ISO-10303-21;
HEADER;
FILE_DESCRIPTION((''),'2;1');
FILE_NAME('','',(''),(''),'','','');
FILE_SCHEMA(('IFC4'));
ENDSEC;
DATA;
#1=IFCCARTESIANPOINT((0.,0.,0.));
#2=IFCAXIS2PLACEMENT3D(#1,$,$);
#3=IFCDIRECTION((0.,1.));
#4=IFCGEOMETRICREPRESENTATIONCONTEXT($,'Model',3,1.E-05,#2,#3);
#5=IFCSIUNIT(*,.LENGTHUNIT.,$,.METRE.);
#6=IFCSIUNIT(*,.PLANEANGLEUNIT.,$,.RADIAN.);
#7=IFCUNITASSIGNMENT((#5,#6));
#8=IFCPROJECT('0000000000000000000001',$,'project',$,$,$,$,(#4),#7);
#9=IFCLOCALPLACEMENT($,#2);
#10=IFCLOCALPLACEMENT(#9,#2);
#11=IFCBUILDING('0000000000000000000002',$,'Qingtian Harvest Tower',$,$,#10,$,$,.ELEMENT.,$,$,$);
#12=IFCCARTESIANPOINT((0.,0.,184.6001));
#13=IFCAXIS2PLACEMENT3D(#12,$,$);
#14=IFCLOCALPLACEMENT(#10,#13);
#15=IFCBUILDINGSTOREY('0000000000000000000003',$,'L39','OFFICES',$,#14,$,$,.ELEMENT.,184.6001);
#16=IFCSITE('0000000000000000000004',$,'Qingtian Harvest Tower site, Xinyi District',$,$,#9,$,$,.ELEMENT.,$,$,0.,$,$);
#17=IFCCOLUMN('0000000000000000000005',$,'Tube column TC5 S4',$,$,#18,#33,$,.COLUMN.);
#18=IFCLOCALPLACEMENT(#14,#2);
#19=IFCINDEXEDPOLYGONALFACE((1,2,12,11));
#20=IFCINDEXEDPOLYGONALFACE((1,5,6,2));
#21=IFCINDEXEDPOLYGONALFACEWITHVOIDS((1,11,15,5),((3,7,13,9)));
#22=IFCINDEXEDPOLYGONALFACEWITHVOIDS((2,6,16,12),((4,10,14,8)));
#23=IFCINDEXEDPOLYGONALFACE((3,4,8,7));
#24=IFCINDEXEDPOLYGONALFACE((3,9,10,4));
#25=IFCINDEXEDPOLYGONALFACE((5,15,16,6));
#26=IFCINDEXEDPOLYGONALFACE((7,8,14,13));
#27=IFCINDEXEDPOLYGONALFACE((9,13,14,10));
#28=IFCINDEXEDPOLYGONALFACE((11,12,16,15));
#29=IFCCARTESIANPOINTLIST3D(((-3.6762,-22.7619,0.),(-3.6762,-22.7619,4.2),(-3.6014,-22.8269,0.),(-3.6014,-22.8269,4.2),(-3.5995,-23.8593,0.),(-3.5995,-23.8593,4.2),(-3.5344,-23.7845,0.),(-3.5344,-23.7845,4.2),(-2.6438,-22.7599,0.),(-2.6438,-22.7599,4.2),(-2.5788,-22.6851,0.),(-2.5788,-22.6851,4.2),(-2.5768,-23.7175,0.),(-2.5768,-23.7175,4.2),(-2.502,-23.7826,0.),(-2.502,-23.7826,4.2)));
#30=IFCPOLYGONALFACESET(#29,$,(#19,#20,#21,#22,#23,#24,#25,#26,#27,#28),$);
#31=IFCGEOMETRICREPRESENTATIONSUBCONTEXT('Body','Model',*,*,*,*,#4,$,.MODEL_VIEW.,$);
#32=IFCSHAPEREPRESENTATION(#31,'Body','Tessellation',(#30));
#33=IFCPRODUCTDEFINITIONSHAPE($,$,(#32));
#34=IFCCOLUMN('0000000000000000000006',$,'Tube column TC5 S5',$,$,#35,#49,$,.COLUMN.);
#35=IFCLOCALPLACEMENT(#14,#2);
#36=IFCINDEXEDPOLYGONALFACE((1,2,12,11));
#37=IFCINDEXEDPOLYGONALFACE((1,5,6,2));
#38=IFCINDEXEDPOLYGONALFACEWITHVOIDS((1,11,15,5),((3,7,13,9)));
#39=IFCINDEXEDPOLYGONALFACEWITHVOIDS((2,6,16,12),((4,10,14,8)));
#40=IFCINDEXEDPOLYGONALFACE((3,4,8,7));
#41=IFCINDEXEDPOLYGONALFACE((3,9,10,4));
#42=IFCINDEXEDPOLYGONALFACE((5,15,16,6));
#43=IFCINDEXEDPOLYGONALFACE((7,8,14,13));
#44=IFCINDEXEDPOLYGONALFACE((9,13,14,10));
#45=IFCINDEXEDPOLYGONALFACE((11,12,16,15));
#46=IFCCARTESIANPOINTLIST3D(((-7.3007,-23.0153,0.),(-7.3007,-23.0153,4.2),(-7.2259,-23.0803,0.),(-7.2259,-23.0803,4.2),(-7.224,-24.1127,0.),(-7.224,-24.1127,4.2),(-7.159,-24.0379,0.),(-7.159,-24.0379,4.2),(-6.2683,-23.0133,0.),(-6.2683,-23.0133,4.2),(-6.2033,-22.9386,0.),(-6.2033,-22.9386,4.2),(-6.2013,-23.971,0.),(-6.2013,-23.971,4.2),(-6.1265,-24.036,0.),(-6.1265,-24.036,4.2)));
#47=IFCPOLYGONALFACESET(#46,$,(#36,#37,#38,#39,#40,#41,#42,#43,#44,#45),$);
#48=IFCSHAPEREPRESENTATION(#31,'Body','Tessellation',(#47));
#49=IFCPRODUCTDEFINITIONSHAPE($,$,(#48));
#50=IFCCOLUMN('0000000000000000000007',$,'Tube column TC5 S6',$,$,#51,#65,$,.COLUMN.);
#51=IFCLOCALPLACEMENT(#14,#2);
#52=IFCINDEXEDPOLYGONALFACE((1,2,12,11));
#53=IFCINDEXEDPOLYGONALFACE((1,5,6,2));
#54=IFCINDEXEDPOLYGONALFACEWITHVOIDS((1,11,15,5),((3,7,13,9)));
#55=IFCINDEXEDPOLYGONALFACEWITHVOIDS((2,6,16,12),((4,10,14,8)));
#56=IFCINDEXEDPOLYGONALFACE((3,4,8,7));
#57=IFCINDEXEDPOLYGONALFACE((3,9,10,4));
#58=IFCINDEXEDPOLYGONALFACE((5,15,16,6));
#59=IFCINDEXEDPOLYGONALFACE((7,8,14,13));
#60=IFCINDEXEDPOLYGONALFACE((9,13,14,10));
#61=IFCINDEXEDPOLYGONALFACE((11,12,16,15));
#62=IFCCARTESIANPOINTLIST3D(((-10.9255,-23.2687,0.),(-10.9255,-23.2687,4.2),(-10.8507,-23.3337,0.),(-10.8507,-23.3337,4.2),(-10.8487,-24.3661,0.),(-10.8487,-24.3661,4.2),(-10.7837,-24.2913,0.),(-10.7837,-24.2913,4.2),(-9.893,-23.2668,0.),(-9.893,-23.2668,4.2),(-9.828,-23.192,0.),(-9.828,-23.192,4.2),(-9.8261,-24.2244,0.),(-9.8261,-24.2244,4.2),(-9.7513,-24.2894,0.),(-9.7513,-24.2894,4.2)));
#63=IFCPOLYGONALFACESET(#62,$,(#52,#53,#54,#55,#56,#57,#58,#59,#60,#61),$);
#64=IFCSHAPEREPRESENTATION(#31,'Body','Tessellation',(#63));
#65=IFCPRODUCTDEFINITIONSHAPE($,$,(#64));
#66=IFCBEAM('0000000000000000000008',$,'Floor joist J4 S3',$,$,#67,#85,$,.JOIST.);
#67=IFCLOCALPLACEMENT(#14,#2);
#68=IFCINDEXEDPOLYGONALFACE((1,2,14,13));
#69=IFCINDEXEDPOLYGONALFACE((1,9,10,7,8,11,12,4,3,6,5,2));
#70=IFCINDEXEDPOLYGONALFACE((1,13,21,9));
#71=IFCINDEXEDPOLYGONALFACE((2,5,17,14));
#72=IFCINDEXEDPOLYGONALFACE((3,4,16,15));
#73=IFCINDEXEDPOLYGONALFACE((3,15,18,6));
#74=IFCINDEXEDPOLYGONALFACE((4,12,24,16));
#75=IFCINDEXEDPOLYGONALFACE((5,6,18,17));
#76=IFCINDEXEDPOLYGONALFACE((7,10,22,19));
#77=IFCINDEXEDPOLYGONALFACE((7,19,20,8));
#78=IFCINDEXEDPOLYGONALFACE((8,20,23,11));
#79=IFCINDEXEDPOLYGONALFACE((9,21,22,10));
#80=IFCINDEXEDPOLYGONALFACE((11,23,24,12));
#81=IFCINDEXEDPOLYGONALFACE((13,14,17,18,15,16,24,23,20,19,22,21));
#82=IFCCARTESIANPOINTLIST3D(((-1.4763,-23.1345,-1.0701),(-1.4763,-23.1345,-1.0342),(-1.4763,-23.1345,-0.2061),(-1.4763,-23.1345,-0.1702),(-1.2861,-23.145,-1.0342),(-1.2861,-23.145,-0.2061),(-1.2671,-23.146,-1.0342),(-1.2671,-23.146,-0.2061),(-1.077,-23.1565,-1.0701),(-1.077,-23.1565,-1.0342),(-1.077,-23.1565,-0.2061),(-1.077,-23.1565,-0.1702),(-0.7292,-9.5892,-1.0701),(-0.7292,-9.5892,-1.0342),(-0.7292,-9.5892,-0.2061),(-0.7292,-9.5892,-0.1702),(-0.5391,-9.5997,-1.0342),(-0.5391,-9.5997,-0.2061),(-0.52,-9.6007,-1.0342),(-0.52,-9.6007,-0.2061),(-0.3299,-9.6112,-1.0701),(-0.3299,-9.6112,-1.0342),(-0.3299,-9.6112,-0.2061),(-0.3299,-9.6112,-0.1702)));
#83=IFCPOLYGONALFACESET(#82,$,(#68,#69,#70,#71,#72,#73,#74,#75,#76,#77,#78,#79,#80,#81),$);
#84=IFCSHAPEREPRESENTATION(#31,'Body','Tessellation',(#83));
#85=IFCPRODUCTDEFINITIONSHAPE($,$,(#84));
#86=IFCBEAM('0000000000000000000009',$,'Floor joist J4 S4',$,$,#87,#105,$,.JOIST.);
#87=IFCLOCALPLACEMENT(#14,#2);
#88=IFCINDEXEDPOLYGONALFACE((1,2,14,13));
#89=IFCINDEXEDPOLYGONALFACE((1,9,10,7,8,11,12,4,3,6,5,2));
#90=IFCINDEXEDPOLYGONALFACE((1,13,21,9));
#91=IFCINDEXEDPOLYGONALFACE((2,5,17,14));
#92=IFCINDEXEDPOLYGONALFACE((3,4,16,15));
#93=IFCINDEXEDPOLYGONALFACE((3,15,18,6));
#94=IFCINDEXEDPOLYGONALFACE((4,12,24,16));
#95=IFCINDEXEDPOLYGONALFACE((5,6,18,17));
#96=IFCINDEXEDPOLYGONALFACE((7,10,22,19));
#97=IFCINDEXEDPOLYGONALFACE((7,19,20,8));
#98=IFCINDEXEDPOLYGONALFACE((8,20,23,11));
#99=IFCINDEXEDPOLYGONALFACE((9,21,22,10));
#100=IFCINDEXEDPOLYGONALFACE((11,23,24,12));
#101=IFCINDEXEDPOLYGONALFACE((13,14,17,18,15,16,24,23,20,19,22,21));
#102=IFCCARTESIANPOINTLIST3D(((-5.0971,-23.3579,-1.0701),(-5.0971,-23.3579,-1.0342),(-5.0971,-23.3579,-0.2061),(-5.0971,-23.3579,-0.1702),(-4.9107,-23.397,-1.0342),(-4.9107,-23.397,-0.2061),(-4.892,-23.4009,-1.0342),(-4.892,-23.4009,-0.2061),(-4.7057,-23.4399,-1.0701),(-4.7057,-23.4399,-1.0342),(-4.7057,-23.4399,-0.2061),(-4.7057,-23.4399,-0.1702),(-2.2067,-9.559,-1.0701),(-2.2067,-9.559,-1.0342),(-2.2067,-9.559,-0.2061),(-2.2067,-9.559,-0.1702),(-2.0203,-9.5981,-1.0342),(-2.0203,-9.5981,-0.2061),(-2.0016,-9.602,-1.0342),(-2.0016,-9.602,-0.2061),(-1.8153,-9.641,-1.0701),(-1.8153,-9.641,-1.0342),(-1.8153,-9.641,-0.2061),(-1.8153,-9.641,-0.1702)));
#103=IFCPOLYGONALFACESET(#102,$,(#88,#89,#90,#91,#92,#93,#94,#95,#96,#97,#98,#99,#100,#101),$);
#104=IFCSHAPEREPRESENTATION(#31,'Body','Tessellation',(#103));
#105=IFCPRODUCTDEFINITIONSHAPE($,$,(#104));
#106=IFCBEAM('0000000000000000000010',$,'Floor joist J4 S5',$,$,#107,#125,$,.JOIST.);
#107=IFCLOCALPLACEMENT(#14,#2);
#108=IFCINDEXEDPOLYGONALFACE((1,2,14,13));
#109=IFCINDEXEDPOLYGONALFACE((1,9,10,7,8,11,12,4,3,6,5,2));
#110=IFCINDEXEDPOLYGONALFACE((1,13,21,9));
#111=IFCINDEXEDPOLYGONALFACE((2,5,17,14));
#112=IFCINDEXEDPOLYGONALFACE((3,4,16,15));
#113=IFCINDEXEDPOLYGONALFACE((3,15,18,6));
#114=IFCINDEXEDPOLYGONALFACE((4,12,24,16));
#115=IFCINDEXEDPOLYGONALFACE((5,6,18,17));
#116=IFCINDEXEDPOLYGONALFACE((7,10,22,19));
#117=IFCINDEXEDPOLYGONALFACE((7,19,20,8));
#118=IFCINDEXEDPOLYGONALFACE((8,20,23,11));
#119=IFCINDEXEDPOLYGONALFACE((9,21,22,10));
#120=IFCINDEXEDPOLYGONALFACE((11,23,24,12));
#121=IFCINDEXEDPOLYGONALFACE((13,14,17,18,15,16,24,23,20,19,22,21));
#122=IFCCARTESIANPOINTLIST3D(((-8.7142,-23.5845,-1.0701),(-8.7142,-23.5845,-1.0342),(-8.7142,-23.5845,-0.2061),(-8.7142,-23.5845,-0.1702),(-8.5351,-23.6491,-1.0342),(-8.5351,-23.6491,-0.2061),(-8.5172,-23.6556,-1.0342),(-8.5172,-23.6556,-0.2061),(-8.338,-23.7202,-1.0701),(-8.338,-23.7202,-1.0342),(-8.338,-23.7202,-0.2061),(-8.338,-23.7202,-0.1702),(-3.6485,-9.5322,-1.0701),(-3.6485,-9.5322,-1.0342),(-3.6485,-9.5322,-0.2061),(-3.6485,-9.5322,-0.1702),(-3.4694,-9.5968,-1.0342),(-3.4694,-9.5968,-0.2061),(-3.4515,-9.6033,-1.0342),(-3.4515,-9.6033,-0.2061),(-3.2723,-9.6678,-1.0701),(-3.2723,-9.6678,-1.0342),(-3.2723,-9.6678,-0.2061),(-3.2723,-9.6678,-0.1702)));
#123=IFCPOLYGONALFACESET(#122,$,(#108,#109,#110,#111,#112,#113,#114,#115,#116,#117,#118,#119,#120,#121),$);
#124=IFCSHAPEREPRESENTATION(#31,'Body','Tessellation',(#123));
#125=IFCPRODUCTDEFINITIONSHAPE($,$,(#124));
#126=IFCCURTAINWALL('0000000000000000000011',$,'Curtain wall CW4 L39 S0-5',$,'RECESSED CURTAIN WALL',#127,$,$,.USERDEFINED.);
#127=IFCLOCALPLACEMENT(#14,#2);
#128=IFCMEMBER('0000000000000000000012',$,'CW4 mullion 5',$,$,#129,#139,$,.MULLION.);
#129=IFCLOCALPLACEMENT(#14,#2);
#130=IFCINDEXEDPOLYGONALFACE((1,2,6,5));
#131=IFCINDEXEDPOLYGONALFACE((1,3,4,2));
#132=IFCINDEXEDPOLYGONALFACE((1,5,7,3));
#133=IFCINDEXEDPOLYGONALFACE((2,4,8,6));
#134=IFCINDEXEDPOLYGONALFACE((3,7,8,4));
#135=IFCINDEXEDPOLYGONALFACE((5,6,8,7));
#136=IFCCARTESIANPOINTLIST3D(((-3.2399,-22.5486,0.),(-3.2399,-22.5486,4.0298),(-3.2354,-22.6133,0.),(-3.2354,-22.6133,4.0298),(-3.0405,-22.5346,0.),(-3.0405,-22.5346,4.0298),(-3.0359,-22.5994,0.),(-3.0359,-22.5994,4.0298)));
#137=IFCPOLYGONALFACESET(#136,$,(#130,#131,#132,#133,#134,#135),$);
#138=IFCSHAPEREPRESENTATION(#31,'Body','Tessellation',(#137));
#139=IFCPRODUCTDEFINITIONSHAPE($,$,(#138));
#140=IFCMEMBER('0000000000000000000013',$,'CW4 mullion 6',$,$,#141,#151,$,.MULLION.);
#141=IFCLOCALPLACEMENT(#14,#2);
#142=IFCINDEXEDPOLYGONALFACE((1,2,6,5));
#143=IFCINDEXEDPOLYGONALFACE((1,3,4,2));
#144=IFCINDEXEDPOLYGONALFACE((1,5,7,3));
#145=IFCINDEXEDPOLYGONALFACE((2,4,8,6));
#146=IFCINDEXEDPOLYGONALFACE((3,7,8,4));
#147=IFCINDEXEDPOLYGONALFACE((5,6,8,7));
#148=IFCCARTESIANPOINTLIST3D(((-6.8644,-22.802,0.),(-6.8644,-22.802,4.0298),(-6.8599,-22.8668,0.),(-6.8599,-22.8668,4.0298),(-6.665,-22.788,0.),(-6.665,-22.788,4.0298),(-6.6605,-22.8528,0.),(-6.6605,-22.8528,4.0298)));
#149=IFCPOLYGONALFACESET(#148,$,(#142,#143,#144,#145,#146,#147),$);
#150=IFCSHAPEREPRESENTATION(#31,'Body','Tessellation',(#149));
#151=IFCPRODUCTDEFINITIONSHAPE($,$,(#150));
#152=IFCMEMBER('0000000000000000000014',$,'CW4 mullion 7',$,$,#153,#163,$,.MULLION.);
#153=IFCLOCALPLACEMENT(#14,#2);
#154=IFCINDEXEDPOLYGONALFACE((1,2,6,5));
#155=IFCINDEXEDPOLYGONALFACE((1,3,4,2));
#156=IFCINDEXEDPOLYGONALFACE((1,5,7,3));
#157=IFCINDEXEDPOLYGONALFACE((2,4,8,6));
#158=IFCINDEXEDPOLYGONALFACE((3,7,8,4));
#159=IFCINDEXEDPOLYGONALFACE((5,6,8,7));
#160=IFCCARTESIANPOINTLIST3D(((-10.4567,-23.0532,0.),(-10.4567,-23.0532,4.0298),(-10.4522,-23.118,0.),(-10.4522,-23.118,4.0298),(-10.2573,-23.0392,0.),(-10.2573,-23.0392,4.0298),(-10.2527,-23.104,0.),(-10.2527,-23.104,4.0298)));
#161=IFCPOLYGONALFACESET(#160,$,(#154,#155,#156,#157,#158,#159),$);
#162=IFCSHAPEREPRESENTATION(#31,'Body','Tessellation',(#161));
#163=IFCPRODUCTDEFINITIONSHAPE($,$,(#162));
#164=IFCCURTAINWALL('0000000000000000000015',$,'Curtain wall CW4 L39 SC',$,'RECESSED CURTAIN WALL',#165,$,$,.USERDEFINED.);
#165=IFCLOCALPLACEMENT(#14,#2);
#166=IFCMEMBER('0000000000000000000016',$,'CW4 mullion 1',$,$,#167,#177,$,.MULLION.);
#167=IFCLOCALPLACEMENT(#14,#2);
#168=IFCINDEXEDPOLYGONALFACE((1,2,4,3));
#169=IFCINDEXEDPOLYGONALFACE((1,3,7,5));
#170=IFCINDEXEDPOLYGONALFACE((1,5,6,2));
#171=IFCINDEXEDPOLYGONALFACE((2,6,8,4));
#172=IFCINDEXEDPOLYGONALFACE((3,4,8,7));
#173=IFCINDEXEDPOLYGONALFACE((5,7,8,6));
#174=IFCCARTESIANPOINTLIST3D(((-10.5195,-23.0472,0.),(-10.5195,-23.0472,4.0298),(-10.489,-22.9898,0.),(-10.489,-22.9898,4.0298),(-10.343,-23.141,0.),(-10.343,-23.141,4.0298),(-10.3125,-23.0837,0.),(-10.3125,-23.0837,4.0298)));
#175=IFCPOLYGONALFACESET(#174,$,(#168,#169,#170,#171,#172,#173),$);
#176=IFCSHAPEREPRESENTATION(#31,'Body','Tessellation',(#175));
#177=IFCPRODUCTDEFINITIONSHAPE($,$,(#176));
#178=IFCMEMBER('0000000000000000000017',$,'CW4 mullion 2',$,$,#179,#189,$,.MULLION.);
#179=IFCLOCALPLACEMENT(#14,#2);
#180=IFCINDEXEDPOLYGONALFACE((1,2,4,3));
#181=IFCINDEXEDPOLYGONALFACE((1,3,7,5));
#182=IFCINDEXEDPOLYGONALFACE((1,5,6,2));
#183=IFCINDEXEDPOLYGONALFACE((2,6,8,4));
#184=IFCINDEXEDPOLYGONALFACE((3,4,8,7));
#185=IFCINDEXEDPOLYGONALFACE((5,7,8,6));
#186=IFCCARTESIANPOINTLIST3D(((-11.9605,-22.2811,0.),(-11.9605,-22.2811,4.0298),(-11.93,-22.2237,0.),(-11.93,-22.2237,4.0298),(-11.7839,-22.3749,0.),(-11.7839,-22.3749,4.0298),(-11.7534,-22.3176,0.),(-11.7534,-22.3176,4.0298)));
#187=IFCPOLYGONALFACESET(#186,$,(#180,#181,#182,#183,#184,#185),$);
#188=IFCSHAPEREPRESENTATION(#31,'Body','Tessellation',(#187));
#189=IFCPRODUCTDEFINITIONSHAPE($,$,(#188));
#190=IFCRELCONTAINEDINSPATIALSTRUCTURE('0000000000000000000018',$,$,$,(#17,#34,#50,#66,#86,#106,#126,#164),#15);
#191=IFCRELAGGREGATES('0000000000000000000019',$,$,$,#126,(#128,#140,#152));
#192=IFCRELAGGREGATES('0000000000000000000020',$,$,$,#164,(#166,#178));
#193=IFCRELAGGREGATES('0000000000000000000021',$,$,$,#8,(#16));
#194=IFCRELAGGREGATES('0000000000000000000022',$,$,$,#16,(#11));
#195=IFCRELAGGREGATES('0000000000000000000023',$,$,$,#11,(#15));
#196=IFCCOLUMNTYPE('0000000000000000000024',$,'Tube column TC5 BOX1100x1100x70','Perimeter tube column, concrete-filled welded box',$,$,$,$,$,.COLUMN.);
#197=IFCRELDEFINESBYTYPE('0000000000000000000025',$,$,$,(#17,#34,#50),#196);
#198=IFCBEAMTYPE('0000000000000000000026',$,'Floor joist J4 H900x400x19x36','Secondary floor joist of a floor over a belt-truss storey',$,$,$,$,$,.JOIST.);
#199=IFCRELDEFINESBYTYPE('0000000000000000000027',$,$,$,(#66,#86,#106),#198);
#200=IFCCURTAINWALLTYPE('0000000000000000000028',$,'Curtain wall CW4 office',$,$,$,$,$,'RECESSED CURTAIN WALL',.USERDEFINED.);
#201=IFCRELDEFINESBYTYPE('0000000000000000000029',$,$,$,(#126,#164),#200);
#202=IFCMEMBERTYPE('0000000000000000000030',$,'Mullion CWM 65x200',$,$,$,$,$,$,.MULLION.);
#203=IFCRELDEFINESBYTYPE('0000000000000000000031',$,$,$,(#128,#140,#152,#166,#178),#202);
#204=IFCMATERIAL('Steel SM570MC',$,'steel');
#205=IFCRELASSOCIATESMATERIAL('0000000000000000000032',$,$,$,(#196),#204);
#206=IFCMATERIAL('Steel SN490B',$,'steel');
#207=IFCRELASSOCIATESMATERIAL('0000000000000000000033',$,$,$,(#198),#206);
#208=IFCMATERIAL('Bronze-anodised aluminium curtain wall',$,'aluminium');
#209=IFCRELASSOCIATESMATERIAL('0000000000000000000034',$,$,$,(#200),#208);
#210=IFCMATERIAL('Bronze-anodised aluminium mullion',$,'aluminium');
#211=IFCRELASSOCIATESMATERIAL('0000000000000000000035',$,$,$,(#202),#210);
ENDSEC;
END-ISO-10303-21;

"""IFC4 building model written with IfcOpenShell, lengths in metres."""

from ifc_helpers import new_model, si_unit, direction, frame, origin, origin_2d, place, context, subcontext, project, spatial, rectangle, hollow_rectangle, i_section, extrude, material, material_profile, profile_set, type_object, element, aggregate, save


model = new_model("IFC4")

# Units and contexts
model_context = context("Model", 3, precision=1e-05, world=origin(), true_north=direction((0.0, 1.0)))
body_context = subcontext(model_context, "Body", "Model", "MODEL_VIEW")
ifc_project = project(units=[si_unit("LENGTHUNIT", "METRE"), si_unit("PLANEANGLEUNIT", "RADIAN")], contexts=[model_context])

# Site, building, storey
site_placement = place(None, origin())
site = spatial("IfcSite", under=ifc_project, at=site_placement, Name="Qingtian Harvest Tower site, Xinyi District", CompositionType="ELEMENT", RefElevation=0.0)
building_placement = place(site_placement, origin())
building = spatial("IfcBuilding", under=site, at=building_placement, Name="Qingtian Harvest Tower", CompositionType="ELEMENT")
storey_placement = place(building_placement, frame((0.0, 0.0, 184.6001)))
storey = spatial("IfcBuildingStorey", under=building, at=storey_placement, Name="L39", Description="OFFICES", CompositionType="ELEMENT", Elevation=184.6001)

# Columns
ifc_material_1 = material(Name="Steel SM570MC", Category="steel")
ifc_material_profile_1 = material_profile(ifc_material_1, hollow_rectangle(XDim=1.1001, YDim=1.1001, WallThickness=0.0701, at=origin_2d()), Name="BOX1100x1100x70")
ifc_profile_set_1 = profile_set([ifc_material_profile_1], Name="Steel SM570MC")
column_type = type_object("IfcColumnType", Name="Tube column TC5 BOX1100x1100x70", Description="Perimeter tube column, concrete-filled welded box", PredefinedType="COLUMN", material=ifc_profile_set_1)
for number, where, z_axis, x_axis, name in (
    (1, (-3.0891, -23.2722, 0.0), (0.0, 0.0, 1.0), (0.997564, 0.069756, 0.0), "Tube column TC5 S4"),
    (2, (-6.7136, -23.5256, 0.0), (0.0, 0.0, 1.0), (0.997564, 0.069756, 0.0), "Tube column TC5 S5"),
    (3, (-10.3384, -23.7791, 0.0), (0.0, 0.0, 1.0), (0.997564, 0.069756, 0.0), "Tube column TC5 S6"),
):
    element("IfcColumn", number, at=place(storey_placement, frame(where, z_axis=z_axis, x_axis=x_axis)), inside=storey, type_object=column_type, Name=name, PredefinedType="COLUMN", context=body_context, shape_type="SweptSolid", body=[
        extrude(hollow_rectangle(XDim=1.1001, YDim=1.1001, WallThickness=0.0701, at=origin_2d()), origin(), (0.0, 0.0, 1.0), 4.2),
    ])

# Beams
ifc_material_2 = material(Name="Steel SN490B", Category="steel")
ifc_material_profile_2 = material_profile(ifc_material_2, i_section(OverallWidth=0.3999, OverallDepth=0.8999, WebThickness=0.019, FlangeThickness=0.0359, at=origin_2d()), Name="H900x400x19x36")
ifc_profile_set_2 = profile_set([ifc_material_profile_2], Name="Steel SN490B")
beam_type_1 = type_object("IfcBeamType", Name="Floor joist J4 H900x400x19x36", Description="Secondary floor joist of a floor over a belt-truss storey", PredefinedType="JOIST", material=ifc_profile_set_2)
beam_1_placement = place(storey_placement, frame((-1.2766, -23.1455, -0.6201), z_axis=(0.055069, 0.998483, 0.0), x_axis=(-0.998483, 0.055069, 0.0)))
element("IfcBeam", 4, at=beam_1_placement, inside=storey, type_object=beam_type_1, Name="Floor joist J4 S3", PredefinedType="JOIST", context=body_context, shape_type="SweptSolid", body=[
    extrude(i_section(OverallWidth=0.3999, OverallDepth=0.8999, WebThickness=0.019, FlangeThickness=0.0359, at=origin_2d()), origin(), (0.0, 0.0, 1.0), 13.5659),
])
beam_2_placement = place(storey_placement, frame((-4.9014, -23.3989, -0.6201), z_axis=(0.205016, 0.978759, 0.0), x_axis=(-0.978759, 0.205016, 0.0)))
element("IfcBeam", 5, at=beam_2_placement, inside=storey, type_object=beam_type_1, Name="Floor joist J4 S4", PredefinedType="JOIST", context=body_context, shape_type="SweptSolid", body=[
    extrude(i_section(OverallWidth=0.3999, OverallDepth=0.8999, WebThickness=0.019, FlangeThickness=0.0359, at=origin_2d()), origin(), (0.0, 0.0, 1.0), 14.0984),
])
beam_3_placement = place(storey_placement, frame((-8.5261, -23.6523, -0.6201), z_axis=(0.339126, 0.940741, 0.0), x_axis=(-0.940741, 0.339126, 0.0)))
element("IfcBeam", 6, at=beam_3_placement, inside=storey, type_object=beam_type_1, Name="Floor joist J4 S5", PredefinedType="JOIST", context=body_context, shape_type="SweptSolid", body=[
    extrude(i_section(OverallWidth=0.3999, OverallDepth=0.8999, WebThickness=0.019, FlangeThickness=0.0359, at=origin_2d()), origin(), (0.0, 0.0, 1.0), 14.9375),
])

# Curtain walls, members
ifc_material_3 = material(Name="Bronze-anodised aluminium curtain wall", Category="aluminium")
curtain_wall_type = type_object("IfcCurtainWallType", Name="Curtain wall CW4 office", ElementType="RECESSED CURTAIN WALL", PredefinedType="USERDEFINED", material=ifc_material_3)
curtain_wall_1_placement = place(storey_placement, origin())
curtain_wall_1 = element("IfcCurtainWall", 7, at=curtain_wall_1_placement, inside=storey, type_object=curtain_wall_type, Name="Curtain wall CW4 L39 S0-5", ObjectType="RECESSED CURTAIN WALL", PredefinedType="USERDEFINED")
ifc_material_4 = material(Name="Bronze-anodised aluminium mullion", Category="aluminium")
ifc_material_profile_3 = material_profile(ifc_material_4, rectangle(XDim=0.0649, YDim=0.2, at=origin_2d()), Name="AL 65x200")
ifc_profile_set_3 = profile_set([ifc_material_profile_3], Name="Bronze-anodised aluminium mullion")
member_type_1 = type_object("IfcMemberType", Name="Mullion CWM 65x200", PredefinedType="MULLION", material=ifc_profile_set_3)
member_1_placement = place(storey_placement, frame((-3.1379, -22.574, 0.0), z_axis=(0.0, 0.0, 1.0), x_axis=(0.069756, -0.997564, 0.0)))
member_1 = element("IfcMember", 8, at=member_1_placement, type_object=member_type_1, Name="CW4 mullion 5", PredefinedType="MULLION", context=body_context, shape_type="SweptSolid", body=[
    extrude(rectangle(XDim=0.0649, YDim=0.2, at=origin_2d()), origin(), (0.0, 0.0, 1.0), 4.0298),
])
member_2_placement = place(storey_placement, frame((-6.7625, -22.8274, 0.0), z_axis=(0.0, 0.0, 1.0), x_axis=(0.069756, -0.997564, 0.0)))
member_2 = element("IfcMember", 9, at=member_2_placement, type_object=member_type_1, Name="CW4 mullion 6", PredefinedType="MULLION", context=body_context, shape_type="SweptSolid", body=[
    extrude(rectangle(XDim=0.0649, YDim=0.2, at=origin_2d()), origin(), (0.0, 0.0, 1.0), 4.0298),
])
member_3_placement = place(storey_placement, frame((-10.3547, -23.0786, 0.0), z_axis=(0.0, 0.0, 1.0), x_axis=(0.069756, -0.997564, 0.0)))
member_3 = element("IfcMember", 10, at=member_3_placement, type_object=member_type_1, Name="CW4 mullion 7", PredefinedType="MULLION", context=body_context, shape_type="SweptSolid", body=[
    extrude(rectangle(XDim=0.0649, YDim=0.2, at=origin_2d()), origin(), (0.0, 0.0, 1.0), 4.0298),
])
curtain_wall_2_placement = place(storey_placement, origin())
curtain_wall_2 = element("IfcCurtainWall", 11, at=curtain_wall_2_placement, inside=storey, type_object=curtain_wall_type, Name="Curtain wall CW4 L39 SC", ObjectType="RECESSED CURTAIN WALL", PredefinedType="USERDEFINED")
member_4_placement = place(storey_placement, frame((-10.416, -23.0654, 0.0), z_axis=(0.0, 0.0, 1.0), x_axis=(-0.469472, -0.882948, 0.0)))
member_4 = element("IfcMember", 12, at=member_4_placement, type_object=member_type_1, Name="CW4 mullion 1", PredefinedType="MULLION", context=body_context, shape_type="SweptSolid", body=[
    extrude(rectangle(XDim=0.0649, YDim=0.2, at=origin_2d()), origin(), (0.0, 0.0, 1.0), 4.0298),
])
member_5_placement = place(storey_placement, frame((-11.8569, -22.2993, 0.0), z_axis=(0.0, 0.0, 1.0), x_axis=(-0.469472, -0.882948, 0.0)))
member_5 = element("IfcMember", 13, at=member_5_placement, type_object=member_type_1, Name="CW4 mullion 2", PredefinedType="MULLION", context=body_context, shape_type="SweptSolid", body=[
    extrude(rectangle(XDim=0.0649, YDim=0.2, at=origin_2d()), origin(), (0.0, 0.0, 1.0), 4.0298),
])

aggregate(curtain_wall_1, [member_1, member_2, member_3])
aggregate(curtain_wall_2, [member_4, member_5])

save(model, "model.ifc")
